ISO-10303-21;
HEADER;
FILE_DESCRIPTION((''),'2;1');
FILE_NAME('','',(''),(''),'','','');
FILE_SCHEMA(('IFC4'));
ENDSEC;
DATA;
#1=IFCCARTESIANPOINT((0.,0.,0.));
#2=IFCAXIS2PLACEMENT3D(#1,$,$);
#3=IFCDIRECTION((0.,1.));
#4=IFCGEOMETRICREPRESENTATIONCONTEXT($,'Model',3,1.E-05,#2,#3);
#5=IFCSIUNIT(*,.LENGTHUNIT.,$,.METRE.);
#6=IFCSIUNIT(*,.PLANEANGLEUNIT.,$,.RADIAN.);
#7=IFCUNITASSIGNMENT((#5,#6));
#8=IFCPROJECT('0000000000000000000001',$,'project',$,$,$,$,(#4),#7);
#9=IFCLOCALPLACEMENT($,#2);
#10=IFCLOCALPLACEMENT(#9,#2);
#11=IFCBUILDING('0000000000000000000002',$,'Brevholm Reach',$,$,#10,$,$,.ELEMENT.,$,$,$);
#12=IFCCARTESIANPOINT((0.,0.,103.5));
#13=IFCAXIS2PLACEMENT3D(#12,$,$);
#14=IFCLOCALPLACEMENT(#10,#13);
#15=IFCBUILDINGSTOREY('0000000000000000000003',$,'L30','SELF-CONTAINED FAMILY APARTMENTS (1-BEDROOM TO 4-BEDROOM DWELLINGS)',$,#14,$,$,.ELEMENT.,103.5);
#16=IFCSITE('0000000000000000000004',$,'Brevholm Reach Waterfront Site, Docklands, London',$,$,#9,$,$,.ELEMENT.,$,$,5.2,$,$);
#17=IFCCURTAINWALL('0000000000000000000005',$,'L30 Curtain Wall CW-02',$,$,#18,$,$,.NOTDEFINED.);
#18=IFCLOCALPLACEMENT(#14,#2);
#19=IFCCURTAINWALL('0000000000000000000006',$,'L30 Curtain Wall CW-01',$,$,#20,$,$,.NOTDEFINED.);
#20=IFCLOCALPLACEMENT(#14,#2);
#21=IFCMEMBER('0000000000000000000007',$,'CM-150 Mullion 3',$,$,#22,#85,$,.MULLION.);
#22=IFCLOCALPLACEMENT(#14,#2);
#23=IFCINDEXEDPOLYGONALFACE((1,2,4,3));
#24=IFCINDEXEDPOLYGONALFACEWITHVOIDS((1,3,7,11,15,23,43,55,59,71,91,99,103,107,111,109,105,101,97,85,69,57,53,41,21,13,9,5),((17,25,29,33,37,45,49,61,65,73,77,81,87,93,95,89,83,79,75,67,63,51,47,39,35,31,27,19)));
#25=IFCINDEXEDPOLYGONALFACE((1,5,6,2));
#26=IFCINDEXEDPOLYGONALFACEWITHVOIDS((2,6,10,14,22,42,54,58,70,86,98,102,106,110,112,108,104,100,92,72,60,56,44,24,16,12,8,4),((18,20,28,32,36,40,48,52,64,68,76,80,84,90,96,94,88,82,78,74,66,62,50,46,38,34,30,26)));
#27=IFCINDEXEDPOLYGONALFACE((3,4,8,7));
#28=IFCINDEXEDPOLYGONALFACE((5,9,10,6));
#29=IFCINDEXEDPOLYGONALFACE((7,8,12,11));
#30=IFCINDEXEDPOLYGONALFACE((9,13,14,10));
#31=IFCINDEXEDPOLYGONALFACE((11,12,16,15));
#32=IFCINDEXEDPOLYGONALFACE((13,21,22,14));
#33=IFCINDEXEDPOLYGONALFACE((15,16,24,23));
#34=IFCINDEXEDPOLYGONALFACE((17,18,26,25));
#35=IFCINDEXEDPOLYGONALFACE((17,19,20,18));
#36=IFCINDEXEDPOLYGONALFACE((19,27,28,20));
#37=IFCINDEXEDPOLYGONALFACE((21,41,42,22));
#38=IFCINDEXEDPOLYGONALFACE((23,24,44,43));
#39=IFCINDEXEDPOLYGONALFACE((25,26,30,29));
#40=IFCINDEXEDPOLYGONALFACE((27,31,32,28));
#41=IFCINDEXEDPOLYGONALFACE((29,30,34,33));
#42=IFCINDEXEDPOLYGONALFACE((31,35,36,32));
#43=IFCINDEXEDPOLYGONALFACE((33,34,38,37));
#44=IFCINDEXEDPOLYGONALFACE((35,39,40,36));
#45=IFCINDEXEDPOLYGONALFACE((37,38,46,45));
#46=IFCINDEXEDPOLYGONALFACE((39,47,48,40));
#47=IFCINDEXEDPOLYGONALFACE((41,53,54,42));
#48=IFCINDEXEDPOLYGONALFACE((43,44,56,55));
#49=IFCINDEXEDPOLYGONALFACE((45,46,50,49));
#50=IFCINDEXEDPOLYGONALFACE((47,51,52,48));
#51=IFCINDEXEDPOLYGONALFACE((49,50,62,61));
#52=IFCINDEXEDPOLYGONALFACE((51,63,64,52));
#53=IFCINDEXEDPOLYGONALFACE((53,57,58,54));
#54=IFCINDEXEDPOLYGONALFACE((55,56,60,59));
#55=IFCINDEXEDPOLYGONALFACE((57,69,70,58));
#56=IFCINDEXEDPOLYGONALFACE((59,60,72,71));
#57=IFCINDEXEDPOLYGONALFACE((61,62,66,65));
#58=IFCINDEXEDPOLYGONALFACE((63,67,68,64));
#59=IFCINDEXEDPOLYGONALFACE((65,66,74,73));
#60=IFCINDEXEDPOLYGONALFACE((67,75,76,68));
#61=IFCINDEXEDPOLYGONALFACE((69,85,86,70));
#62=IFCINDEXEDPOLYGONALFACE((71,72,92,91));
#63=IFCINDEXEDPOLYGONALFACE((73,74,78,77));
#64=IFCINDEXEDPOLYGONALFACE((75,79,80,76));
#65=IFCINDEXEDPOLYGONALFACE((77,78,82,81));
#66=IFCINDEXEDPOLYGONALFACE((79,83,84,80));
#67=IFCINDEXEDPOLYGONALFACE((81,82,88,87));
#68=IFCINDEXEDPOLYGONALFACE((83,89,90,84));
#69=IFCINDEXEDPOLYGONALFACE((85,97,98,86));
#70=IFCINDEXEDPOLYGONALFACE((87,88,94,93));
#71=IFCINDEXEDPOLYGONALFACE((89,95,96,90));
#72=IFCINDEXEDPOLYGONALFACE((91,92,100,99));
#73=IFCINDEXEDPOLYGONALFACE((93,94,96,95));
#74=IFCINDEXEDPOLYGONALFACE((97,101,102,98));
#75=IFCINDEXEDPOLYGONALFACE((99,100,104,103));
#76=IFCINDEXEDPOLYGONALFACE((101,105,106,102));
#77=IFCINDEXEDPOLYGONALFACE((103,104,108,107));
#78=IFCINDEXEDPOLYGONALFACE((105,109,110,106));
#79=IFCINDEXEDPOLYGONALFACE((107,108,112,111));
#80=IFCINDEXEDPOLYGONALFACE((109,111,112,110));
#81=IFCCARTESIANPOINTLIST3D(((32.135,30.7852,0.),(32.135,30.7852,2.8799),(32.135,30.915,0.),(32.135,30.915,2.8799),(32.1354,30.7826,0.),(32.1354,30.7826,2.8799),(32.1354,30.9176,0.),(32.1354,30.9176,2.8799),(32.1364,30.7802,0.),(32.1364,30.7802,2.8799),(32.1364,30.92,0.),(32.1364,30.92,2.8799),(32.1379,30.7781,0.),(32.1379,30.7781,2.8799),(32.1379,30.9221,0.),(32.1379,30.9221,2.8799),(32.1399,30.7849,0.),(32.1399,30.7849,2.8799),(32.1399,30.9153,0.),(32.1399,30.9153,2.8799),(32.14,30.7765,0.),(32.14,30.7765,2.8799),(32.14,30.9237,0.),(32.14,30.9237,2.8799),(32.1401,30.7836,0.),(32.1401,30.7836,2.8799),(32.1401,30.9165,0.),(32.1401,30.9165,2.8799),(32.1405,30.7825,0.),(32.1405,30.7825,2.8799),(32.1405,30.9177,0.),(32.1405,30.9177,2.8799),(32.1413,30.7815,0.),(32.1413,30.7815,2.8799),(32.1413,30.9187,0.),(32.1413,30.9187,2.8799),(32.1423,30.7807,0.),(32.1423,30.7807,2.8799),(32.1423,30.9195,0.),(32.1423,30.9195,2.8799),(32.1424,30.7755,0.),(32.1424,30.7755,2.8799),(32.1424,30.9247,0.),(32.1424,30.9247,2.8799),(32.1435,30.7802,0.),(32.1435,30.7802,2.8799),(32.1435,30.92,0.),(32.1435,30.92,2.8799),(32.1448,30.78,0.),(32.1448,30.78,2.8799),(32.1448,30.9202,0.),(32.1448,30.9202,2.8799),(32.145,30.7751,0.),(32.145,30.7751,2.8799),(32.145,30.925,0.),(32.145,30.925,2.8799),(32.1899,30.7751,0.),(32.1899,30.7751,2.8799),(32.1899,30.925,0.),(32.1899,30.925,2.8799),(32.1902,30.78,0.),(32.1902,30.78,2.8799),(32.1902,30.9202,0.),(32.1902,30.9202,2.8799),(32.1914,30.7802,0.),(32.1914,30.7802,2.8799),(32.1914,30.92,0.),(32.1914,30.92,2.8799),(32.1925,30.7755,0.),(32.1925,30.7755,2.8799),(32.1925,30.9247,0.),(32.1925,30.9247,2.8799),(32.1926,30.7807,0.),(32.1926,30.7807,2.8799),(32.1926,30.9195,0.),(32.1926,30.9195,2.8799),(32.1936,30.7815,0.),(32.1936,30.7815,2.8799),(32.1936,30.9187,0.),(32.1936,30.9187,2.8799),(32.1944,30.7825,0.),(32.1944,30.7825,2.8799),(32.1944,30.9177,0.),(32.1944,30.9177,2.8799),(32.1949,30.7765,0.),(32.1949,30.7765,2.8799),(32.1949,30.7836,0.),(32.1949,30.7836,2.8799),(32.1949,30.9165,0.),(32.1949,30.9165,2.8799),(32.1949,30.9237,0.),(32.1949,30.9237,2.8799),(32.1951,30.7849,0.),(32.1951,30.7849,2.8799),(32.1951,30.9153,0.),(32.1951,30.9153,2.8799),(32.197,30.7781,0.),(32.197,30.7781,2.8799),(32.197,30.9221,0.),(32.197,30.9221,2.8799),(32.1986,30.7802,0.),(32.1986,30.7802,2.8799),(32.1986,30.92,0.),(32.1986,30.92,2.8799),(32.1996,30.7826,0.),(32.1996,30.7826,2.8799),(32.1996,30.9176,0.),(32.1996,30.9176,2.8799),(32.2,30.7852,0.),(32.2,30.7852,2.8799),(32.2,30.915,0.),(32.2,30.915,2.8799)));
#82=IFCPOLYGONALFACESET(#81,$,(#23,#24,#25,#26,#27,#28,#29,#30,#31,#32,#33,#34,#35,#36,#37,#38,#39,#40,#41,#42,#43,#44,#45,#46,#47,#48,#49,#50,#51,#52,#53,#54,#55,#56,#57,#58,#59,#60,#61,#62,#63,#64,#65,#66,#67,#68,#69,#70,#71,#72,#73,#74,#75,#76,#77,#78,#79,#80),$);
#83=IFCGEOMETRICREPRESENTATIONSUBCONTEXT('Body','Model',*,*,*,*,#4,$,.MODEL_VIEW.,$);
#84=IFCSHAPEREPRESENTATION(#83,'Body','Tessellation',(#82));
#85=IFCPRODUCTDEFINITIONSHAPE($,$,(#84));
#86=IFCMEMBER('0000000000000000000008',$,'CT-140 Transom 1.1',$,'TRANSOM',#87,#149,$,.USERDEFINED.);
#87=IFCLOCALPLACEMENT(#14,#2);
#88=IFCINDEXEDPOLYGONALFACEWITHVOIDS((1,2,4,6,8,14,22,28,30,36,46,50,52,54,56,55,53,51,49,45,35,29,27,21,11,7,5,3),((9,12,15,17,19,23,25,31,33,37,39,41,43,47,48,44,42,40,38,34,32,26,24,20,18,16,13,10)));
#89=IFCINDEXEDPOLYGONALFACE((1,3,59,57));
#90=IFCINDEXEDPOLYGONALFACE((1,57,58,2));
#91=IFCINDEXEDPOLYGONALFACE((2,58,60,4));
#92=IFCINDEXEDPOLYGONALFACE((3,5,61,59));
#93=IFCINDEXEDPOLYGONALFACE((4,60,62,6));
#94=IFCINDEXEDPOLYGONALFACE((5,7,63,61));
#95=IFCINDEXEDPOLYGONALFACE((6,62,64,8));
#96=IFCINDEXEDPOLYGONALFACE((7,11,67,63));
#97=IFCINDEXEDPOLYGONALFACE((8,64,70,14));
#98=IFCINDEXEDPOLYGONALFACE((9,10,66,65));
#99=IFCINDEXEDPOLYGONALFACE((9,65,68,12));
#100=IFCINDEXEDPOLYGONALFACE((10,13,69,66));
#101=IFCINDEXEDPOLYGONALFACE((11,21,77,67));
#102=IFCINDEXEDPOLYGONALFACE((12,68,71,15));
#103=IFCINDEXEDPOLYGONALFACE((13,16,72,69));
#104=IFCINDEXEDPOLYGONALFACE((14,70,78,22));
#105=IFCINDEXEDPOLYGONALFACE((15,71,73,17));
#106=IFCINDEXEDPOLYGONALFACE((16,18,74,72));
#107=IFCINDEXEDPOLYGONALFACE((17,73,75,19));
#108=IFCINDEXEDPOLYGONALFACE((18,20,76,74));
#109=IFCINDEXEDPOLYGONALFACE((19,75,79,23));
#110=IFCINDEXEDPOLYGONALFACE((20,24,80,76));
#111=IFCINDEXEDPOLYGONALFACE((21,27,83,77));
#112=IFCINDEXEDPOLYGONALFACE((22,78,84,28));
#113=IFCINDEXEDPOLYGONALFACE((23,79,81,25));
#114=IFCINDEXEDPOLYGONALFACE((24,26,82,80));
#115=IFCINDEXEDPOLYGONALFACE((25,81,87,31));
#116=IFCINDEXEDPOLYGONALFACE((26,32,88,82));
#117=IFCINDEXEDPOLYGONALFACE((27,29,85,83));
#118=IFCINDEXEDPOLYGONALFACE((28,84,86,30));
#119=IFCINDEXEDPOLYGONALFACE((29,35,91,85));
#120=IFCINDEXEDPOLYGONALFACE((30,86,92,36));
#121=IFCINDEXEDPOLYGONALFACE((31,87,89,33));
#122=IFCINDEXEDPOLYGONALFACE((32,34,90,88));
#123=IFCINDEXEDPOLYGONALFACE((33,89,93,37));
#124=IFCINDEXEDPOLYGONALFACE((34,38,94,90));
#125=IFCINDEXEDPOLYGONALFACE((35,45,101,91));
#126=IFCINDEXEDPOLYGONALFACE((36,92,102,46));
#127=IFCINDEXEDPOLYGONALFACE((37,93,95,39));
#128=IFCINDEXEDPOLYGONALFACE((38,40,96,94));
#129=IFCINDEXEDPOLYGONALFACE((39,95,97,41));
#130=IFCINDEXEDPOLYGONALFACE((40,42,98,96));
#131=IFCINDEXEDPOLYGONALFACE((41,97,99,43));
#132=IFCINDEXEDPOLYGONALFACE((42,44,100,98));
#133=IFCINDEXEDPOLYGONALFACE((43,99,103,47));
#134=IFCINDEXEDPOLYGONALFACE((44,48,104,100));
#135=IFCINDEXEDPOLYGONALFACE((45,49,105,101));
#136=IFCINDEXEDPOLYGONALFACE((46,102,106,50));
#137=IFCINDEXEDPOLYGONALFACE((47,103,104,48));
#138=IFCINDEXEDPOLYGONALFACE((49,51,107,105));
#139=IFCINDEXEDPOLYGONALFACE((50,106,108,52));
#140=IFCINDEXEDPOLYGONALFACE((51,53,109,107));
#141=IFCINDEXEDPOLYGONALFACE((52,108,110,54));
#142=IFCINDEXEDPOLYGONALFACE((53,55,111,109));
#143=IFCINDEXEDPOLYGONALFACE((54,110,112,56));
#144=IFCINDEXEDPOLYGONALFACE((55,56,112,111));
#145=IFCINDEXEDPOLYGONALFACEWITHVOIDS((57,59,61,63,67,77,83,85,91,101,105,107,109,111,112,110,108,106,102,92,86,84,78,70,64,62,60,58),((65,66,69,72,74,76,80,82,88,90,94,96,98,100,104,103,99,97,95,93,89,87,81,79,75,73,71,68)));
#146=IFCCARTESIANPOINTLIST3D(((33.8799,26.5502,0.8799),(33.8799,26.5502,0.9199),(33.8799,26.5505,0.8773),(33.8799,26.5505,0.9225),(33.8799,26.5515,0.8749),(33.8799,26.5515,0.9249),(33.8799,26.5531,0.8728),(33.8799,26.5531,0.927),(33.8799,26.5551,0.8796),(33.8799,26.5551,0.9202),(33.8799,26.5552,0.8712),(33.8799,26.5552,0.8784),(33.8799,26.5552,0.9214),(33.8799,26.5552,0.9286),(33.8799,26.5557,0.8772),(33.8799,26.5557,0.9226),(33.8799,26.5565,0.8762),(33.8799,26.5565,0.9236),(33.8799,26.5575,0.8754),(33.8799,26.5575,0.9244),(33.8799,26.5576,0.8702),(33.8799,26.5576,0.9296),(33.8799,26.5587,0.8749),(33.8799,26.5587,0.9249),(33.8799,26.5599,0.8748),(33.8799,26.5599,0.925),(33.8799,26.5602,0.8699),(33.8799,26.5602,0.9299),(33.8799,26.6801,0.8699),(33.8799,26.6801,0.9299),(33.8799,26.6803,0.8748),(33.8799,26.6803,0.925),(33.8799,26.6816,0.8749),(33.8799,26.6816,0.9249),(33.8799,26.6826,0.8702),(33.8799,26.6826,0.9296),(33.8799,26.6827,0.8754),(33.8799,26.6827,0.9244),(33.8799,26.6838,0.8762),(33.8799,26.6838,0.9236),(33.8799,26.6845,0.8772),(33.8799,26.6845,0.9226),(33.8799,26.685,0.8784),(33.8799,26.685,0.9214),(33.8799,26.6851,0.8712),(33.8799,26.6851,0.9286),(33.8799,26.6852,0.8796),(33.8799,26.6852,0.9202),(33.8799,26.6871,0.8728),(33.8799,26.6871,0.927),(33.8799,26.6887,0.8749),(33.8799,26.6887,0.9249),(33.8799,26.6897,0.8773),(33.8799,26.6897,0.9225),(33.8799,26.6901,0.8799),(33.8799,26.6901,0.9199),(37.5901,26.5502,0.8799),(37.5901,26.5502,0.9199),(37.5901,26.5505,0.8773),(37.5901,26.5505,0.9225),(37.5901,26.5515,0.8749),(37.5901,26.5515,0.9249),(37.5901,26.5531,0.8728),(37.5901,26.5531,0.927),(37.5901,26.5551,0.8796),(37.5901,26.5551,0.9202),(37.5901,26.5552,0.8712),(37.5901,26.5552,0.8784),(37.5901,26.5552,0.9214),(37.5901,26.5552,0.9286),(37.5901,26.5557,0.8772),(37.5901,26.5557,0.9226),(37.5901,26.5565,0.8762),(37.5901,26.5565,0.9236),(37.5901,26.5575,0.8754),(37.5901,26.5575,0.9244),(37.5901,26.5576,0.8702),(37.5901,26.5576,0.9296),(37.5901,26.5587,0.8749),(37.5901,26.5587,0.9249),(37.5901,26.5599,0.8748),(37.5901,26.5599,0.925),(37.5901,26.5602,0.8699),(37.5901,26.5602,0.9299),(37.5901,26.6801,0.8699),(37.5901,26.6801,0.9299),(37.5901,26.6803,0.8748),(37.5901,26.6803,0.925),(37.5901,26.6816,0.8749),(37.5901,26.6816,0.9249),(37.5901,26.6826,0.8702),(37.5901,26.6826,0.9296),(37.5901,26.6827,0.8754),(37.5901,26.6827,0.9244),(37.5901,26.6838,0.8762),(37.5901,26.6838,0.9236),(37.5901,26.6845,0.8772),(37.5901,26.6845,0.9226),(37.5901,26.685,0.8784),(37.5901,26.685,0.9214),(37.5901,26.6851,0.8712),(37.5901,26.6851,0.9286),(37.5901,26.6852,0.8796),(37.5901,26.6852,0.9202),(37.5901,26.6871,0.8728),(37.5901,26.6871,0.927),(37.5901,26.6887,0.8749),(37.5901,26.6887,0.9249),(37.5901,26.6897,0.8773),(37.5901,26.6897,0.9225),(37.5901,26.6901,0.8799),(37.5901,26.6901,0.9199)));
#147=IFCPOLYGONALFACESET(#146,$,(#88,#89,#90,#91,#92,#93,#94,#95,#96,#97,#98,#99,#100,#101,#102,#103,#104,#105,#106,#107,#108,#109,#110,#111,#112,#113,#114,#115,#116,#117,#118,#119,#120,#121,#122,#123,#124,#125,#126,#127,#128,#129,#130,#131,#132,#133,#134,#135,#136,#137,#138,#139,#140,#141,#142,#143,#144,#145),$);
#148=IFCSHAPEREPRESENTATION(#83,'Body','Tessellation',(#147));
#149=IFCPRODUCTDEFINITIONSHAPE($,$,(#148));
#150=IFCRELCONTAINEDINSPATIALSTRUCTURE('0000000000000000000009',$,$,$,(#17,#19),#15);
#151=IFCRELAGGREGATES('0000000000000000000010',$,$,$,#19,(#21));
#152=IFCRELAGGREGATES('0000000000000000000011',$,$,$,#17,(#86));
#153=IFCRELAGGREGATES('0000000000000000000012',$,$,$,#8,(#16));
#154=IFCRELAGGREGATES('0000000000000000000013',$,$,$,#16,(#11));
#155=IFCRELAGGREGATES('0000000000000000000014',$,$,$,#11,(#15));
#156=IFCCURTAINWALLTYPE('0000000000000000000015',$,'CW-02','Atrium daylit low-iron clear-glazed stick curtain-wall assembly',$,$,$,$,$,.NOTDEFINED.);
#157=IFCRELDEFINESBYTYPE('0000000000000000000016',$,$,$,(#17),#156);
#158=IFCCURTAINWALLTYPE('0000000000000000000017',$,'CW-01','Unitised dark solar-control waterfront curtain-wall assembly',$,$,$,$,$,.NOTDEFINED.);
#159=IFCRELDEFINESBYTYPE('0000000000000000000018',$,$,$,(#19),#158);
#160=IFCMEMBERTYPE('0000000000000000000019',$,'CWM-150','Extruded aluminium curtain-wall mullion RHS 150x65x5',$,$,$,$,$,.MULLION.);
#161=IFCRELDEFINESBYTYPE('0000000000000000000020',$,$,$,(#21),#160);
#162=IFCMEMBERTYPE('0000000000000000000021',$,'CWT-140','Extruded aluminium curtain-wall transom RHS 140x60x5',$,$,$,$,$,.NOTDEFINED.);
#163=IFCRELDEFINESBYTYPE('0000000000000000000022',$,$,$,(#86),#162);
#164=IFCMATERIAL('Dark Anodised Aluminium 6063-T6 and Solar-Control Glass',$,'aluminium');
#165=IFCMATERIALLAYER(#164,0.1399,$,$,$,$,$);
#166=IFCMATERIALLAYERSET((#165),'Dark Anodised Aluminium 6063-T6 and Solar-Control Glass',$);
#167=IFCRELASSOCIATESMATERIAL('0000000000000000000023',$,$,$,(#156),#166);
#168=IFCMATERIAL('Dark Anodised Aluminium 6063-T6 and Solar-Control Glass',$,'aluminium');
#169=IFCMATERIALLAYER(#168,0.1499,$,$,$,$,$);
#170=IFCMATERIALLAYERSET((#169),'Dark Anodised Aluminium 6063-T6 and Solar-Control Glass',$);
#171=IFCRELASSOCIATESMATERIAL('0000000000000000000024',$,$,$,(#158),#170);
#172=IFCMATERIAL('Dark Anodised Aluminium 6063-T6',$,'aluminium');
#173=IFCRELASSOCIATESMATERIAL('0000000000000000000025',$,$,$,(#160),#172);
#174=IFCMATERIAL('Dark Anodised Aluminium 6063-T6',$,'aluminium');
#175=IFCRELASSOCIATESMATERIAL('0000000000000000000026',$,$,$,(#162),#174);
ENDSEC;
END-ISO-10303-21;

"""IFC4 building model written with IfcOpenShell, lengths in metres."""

from ifc_helpers import new_model, si_unit, direction, frame, origin, origin_2d, place, context, subcontext, project, spatial, hollow_rectangle, extrude, material, layer, layer_set, material_profile, profile_set, type_object, element, aggregate, save


model = new_model("IFC4")

# Units and contexts
model_context = context("Model", 3, precision=1e-05, world=origin(), true_north=direction((0.0, 1.0)))
body_context = subcontext(model_context, "Body", "Model", "MODEL_VIEW")
ifc_project = project(units=[si_unit("LENGTHUNIT", "METRE"), si_unit("PLANEANGLEUNIT", "RADIAN")], contexts=[model_context])

# Site, building, storey
site_placement = place(None, origin())
site = spatial("IfcSite", under=ifc_project, at=site_placement, Name="Brevholm Reach Waterfront Site, Docklands, London", CompositionType="ELEMENT", RefElevation=5.2)
building_placement = place(site_placement, origin())
building = spatial("IfcBuilding", under=site, at=building_placement, Name="Brevholm Reach", CompositionType="ELEMENT")
storey_placement = place(building_placement, frame((0.0, 0.0, 103.5)))
storey = spatial("IfcBuildingStorey", under=building, at=storey_placement, Name="L30", Description="SELF-CONTAINED FAMILY APARTMENTS (1-BEDROOM TO 4-BEDROOM DWELLINGS)", CompositionType="ELEMENT", Elevation=103.5)

# Curtain walls, member
ifc_material_1 = material(Name="Dark Anodised Aluminium 6063-T6 and Solar-Control Glass", Category="aluminium")
ifc_layer_1 = layer(ifc_material_1, 0.1399)
ifc_layer_set_1 = layer_set([ifc_layer_1], Name="Dark Anodised Aluminium 6063-T6 and Solar-Control Glass")
curtain_wall_type_1 = type_object("IfcCurtainWallType", Name="CW-02", Description="Atrium daylit low-iron clear-glazed stick curtain-wall assembly", PredefinedType="NOTDEFINED", material=ifc_layer_set_1)
curtain_wall_1_placement = place(storey_placement, origin())
curtain_wall_1 = element("IfcCurtainWall", 1, at=curtain_wall_1_placement, inside=storey, type_object=curtain_wall_type_1, Name="L30 Curtain Wall CW-02", PredefinedType="NOTDEFINED")
ifc_material_2 = material(Name="Dark Anodised Aluminium 6063-T6 and Solar-Control Glass", Category="aluminium")
ifc_layer_2 = layer(ifc_material_2, 0.1499)
ifc_layer_set_2 = layer_set([ifc_layer_2], Name="Dark Anodised Aluminium 6063-T6 and Solar-Control Glass")
curtain_wall_type_2 = type_object("IfcCurtainWallType", Name="CW-01", Description="Unitised dark solar-control waterfront curtain-wall assembly", PredefinedType="NOTDEFINED", material=ifc_layer_set_2)
curtain_wall_2_placement = place(storey_placement, origin())
curtain_wall_2 = element("IfcCurtainWall", 2, at=curtain_wall_2_placement, inside=storey, type_object=curtain_wall_type_2, Name="L30 Curtain Wall CW-01", PredefinedType="NOTDEFINED")
ifc_material_3 = material(Name="Dark Anodised Aluminium 6063-T6", Category="aluminium")
ifc_material_profile_1 = material_profile(ifc_material_3, hollow_rectangle(XDim=0.0649, YDim=0.1499, WallThickness=0.0049, InnerFilletRadius=0.0049, OuterFilletRadius=0.01, at=origin_2d()), Name="RHS 150x65x5")
ifc_profile_set_1 = profile_set([ifc_material_profile_1], Name="Dark Anodised Aluminium 6063-T6")
member_type_1 = type_object("IfcMemberType", Name="CWM-150", Description="Extruded aluminium curtain-wall mullion RHS 150x65x5", PredefinedType="MULLION", material=ifc_profile_set_1)
member_1_placement = place(storey_placement, frame((32.1675, 30.8501, 0.0), z_axis=(0.0, 0.0, 1.0), x_axis=(1.0, 0.0, 0.0)))
member_1 = element("IfcMember", 3, at=member_1_placement, type_object=member_type_1, Name="CM-150 Mullion 3", PredefinedType="MULLION", context=body_context, shape_type="SweptSolid", body=[
    extrude(hollow_rectangle(XDim=0.0649, YDim=0.1499, WallThickness=0.0049, InnerFilletRadius=0.0049, OuterFilletRadius=0.01, at=origin_2d()), origin(), (0.0, 0.0, 1.0), 2.8799),
])

# Member
ifc_material_4 = material(Name="Dark Anodised Aluminium 6063-T6", Category="aluminium")
ifc_material_profile_2 = material_profile(ifc_material_4, hollow_rectangle(XDim=0.0601, YDim=0.1399, WallThickness=0.0049, InnerFilletRadius=0.0049, OuterFilletRadius=0.01, at=origin_2d()), Name="RHS 140x60x5")
ifc_profile_set_2 = profile_set([ifc_material_profile_2], Name="Dark Anodised Aluminium 6063-T6")
member_type_2 = type_object("IfcMemberType", Name="CWT-140", Description="Extruded aluminium curtain-wall transom RHS 140x60x5", PredefinedType="NOTDEFINED", material=ifc_profile_set_2)
member_2_placement = place(storey_placement, frame((37.5901, 26.6201, 0.8999), z_axis=(-1.0, 0.0, 0.0), x_axis=(0.0, 0.0, 1.0)))
member_2 = element("IfcMember", 4, at=member_2_placement, type_object=member_type_2, Name="CT-140 Transom 1.1", ObjectType="TRANSOM", PredefinedType="USERDEFINED", context=body_context, shape_type="SweptSolid", body=[
    extrude(hollow_rectangle(XDim=0.0601, YDim=0.1399, WallThickness=0.0049, InnerFilletRadius=0.0049, OuterFilletRadius=0.01, at=origin_2d()), origin(), (0.0, 0.0, 1.0), 3.7102),
])

aggregate(curtain_wall_2, [member_1])
aggregate(curtain_wall_1, [member_2])

save(model, "model.ifc")
